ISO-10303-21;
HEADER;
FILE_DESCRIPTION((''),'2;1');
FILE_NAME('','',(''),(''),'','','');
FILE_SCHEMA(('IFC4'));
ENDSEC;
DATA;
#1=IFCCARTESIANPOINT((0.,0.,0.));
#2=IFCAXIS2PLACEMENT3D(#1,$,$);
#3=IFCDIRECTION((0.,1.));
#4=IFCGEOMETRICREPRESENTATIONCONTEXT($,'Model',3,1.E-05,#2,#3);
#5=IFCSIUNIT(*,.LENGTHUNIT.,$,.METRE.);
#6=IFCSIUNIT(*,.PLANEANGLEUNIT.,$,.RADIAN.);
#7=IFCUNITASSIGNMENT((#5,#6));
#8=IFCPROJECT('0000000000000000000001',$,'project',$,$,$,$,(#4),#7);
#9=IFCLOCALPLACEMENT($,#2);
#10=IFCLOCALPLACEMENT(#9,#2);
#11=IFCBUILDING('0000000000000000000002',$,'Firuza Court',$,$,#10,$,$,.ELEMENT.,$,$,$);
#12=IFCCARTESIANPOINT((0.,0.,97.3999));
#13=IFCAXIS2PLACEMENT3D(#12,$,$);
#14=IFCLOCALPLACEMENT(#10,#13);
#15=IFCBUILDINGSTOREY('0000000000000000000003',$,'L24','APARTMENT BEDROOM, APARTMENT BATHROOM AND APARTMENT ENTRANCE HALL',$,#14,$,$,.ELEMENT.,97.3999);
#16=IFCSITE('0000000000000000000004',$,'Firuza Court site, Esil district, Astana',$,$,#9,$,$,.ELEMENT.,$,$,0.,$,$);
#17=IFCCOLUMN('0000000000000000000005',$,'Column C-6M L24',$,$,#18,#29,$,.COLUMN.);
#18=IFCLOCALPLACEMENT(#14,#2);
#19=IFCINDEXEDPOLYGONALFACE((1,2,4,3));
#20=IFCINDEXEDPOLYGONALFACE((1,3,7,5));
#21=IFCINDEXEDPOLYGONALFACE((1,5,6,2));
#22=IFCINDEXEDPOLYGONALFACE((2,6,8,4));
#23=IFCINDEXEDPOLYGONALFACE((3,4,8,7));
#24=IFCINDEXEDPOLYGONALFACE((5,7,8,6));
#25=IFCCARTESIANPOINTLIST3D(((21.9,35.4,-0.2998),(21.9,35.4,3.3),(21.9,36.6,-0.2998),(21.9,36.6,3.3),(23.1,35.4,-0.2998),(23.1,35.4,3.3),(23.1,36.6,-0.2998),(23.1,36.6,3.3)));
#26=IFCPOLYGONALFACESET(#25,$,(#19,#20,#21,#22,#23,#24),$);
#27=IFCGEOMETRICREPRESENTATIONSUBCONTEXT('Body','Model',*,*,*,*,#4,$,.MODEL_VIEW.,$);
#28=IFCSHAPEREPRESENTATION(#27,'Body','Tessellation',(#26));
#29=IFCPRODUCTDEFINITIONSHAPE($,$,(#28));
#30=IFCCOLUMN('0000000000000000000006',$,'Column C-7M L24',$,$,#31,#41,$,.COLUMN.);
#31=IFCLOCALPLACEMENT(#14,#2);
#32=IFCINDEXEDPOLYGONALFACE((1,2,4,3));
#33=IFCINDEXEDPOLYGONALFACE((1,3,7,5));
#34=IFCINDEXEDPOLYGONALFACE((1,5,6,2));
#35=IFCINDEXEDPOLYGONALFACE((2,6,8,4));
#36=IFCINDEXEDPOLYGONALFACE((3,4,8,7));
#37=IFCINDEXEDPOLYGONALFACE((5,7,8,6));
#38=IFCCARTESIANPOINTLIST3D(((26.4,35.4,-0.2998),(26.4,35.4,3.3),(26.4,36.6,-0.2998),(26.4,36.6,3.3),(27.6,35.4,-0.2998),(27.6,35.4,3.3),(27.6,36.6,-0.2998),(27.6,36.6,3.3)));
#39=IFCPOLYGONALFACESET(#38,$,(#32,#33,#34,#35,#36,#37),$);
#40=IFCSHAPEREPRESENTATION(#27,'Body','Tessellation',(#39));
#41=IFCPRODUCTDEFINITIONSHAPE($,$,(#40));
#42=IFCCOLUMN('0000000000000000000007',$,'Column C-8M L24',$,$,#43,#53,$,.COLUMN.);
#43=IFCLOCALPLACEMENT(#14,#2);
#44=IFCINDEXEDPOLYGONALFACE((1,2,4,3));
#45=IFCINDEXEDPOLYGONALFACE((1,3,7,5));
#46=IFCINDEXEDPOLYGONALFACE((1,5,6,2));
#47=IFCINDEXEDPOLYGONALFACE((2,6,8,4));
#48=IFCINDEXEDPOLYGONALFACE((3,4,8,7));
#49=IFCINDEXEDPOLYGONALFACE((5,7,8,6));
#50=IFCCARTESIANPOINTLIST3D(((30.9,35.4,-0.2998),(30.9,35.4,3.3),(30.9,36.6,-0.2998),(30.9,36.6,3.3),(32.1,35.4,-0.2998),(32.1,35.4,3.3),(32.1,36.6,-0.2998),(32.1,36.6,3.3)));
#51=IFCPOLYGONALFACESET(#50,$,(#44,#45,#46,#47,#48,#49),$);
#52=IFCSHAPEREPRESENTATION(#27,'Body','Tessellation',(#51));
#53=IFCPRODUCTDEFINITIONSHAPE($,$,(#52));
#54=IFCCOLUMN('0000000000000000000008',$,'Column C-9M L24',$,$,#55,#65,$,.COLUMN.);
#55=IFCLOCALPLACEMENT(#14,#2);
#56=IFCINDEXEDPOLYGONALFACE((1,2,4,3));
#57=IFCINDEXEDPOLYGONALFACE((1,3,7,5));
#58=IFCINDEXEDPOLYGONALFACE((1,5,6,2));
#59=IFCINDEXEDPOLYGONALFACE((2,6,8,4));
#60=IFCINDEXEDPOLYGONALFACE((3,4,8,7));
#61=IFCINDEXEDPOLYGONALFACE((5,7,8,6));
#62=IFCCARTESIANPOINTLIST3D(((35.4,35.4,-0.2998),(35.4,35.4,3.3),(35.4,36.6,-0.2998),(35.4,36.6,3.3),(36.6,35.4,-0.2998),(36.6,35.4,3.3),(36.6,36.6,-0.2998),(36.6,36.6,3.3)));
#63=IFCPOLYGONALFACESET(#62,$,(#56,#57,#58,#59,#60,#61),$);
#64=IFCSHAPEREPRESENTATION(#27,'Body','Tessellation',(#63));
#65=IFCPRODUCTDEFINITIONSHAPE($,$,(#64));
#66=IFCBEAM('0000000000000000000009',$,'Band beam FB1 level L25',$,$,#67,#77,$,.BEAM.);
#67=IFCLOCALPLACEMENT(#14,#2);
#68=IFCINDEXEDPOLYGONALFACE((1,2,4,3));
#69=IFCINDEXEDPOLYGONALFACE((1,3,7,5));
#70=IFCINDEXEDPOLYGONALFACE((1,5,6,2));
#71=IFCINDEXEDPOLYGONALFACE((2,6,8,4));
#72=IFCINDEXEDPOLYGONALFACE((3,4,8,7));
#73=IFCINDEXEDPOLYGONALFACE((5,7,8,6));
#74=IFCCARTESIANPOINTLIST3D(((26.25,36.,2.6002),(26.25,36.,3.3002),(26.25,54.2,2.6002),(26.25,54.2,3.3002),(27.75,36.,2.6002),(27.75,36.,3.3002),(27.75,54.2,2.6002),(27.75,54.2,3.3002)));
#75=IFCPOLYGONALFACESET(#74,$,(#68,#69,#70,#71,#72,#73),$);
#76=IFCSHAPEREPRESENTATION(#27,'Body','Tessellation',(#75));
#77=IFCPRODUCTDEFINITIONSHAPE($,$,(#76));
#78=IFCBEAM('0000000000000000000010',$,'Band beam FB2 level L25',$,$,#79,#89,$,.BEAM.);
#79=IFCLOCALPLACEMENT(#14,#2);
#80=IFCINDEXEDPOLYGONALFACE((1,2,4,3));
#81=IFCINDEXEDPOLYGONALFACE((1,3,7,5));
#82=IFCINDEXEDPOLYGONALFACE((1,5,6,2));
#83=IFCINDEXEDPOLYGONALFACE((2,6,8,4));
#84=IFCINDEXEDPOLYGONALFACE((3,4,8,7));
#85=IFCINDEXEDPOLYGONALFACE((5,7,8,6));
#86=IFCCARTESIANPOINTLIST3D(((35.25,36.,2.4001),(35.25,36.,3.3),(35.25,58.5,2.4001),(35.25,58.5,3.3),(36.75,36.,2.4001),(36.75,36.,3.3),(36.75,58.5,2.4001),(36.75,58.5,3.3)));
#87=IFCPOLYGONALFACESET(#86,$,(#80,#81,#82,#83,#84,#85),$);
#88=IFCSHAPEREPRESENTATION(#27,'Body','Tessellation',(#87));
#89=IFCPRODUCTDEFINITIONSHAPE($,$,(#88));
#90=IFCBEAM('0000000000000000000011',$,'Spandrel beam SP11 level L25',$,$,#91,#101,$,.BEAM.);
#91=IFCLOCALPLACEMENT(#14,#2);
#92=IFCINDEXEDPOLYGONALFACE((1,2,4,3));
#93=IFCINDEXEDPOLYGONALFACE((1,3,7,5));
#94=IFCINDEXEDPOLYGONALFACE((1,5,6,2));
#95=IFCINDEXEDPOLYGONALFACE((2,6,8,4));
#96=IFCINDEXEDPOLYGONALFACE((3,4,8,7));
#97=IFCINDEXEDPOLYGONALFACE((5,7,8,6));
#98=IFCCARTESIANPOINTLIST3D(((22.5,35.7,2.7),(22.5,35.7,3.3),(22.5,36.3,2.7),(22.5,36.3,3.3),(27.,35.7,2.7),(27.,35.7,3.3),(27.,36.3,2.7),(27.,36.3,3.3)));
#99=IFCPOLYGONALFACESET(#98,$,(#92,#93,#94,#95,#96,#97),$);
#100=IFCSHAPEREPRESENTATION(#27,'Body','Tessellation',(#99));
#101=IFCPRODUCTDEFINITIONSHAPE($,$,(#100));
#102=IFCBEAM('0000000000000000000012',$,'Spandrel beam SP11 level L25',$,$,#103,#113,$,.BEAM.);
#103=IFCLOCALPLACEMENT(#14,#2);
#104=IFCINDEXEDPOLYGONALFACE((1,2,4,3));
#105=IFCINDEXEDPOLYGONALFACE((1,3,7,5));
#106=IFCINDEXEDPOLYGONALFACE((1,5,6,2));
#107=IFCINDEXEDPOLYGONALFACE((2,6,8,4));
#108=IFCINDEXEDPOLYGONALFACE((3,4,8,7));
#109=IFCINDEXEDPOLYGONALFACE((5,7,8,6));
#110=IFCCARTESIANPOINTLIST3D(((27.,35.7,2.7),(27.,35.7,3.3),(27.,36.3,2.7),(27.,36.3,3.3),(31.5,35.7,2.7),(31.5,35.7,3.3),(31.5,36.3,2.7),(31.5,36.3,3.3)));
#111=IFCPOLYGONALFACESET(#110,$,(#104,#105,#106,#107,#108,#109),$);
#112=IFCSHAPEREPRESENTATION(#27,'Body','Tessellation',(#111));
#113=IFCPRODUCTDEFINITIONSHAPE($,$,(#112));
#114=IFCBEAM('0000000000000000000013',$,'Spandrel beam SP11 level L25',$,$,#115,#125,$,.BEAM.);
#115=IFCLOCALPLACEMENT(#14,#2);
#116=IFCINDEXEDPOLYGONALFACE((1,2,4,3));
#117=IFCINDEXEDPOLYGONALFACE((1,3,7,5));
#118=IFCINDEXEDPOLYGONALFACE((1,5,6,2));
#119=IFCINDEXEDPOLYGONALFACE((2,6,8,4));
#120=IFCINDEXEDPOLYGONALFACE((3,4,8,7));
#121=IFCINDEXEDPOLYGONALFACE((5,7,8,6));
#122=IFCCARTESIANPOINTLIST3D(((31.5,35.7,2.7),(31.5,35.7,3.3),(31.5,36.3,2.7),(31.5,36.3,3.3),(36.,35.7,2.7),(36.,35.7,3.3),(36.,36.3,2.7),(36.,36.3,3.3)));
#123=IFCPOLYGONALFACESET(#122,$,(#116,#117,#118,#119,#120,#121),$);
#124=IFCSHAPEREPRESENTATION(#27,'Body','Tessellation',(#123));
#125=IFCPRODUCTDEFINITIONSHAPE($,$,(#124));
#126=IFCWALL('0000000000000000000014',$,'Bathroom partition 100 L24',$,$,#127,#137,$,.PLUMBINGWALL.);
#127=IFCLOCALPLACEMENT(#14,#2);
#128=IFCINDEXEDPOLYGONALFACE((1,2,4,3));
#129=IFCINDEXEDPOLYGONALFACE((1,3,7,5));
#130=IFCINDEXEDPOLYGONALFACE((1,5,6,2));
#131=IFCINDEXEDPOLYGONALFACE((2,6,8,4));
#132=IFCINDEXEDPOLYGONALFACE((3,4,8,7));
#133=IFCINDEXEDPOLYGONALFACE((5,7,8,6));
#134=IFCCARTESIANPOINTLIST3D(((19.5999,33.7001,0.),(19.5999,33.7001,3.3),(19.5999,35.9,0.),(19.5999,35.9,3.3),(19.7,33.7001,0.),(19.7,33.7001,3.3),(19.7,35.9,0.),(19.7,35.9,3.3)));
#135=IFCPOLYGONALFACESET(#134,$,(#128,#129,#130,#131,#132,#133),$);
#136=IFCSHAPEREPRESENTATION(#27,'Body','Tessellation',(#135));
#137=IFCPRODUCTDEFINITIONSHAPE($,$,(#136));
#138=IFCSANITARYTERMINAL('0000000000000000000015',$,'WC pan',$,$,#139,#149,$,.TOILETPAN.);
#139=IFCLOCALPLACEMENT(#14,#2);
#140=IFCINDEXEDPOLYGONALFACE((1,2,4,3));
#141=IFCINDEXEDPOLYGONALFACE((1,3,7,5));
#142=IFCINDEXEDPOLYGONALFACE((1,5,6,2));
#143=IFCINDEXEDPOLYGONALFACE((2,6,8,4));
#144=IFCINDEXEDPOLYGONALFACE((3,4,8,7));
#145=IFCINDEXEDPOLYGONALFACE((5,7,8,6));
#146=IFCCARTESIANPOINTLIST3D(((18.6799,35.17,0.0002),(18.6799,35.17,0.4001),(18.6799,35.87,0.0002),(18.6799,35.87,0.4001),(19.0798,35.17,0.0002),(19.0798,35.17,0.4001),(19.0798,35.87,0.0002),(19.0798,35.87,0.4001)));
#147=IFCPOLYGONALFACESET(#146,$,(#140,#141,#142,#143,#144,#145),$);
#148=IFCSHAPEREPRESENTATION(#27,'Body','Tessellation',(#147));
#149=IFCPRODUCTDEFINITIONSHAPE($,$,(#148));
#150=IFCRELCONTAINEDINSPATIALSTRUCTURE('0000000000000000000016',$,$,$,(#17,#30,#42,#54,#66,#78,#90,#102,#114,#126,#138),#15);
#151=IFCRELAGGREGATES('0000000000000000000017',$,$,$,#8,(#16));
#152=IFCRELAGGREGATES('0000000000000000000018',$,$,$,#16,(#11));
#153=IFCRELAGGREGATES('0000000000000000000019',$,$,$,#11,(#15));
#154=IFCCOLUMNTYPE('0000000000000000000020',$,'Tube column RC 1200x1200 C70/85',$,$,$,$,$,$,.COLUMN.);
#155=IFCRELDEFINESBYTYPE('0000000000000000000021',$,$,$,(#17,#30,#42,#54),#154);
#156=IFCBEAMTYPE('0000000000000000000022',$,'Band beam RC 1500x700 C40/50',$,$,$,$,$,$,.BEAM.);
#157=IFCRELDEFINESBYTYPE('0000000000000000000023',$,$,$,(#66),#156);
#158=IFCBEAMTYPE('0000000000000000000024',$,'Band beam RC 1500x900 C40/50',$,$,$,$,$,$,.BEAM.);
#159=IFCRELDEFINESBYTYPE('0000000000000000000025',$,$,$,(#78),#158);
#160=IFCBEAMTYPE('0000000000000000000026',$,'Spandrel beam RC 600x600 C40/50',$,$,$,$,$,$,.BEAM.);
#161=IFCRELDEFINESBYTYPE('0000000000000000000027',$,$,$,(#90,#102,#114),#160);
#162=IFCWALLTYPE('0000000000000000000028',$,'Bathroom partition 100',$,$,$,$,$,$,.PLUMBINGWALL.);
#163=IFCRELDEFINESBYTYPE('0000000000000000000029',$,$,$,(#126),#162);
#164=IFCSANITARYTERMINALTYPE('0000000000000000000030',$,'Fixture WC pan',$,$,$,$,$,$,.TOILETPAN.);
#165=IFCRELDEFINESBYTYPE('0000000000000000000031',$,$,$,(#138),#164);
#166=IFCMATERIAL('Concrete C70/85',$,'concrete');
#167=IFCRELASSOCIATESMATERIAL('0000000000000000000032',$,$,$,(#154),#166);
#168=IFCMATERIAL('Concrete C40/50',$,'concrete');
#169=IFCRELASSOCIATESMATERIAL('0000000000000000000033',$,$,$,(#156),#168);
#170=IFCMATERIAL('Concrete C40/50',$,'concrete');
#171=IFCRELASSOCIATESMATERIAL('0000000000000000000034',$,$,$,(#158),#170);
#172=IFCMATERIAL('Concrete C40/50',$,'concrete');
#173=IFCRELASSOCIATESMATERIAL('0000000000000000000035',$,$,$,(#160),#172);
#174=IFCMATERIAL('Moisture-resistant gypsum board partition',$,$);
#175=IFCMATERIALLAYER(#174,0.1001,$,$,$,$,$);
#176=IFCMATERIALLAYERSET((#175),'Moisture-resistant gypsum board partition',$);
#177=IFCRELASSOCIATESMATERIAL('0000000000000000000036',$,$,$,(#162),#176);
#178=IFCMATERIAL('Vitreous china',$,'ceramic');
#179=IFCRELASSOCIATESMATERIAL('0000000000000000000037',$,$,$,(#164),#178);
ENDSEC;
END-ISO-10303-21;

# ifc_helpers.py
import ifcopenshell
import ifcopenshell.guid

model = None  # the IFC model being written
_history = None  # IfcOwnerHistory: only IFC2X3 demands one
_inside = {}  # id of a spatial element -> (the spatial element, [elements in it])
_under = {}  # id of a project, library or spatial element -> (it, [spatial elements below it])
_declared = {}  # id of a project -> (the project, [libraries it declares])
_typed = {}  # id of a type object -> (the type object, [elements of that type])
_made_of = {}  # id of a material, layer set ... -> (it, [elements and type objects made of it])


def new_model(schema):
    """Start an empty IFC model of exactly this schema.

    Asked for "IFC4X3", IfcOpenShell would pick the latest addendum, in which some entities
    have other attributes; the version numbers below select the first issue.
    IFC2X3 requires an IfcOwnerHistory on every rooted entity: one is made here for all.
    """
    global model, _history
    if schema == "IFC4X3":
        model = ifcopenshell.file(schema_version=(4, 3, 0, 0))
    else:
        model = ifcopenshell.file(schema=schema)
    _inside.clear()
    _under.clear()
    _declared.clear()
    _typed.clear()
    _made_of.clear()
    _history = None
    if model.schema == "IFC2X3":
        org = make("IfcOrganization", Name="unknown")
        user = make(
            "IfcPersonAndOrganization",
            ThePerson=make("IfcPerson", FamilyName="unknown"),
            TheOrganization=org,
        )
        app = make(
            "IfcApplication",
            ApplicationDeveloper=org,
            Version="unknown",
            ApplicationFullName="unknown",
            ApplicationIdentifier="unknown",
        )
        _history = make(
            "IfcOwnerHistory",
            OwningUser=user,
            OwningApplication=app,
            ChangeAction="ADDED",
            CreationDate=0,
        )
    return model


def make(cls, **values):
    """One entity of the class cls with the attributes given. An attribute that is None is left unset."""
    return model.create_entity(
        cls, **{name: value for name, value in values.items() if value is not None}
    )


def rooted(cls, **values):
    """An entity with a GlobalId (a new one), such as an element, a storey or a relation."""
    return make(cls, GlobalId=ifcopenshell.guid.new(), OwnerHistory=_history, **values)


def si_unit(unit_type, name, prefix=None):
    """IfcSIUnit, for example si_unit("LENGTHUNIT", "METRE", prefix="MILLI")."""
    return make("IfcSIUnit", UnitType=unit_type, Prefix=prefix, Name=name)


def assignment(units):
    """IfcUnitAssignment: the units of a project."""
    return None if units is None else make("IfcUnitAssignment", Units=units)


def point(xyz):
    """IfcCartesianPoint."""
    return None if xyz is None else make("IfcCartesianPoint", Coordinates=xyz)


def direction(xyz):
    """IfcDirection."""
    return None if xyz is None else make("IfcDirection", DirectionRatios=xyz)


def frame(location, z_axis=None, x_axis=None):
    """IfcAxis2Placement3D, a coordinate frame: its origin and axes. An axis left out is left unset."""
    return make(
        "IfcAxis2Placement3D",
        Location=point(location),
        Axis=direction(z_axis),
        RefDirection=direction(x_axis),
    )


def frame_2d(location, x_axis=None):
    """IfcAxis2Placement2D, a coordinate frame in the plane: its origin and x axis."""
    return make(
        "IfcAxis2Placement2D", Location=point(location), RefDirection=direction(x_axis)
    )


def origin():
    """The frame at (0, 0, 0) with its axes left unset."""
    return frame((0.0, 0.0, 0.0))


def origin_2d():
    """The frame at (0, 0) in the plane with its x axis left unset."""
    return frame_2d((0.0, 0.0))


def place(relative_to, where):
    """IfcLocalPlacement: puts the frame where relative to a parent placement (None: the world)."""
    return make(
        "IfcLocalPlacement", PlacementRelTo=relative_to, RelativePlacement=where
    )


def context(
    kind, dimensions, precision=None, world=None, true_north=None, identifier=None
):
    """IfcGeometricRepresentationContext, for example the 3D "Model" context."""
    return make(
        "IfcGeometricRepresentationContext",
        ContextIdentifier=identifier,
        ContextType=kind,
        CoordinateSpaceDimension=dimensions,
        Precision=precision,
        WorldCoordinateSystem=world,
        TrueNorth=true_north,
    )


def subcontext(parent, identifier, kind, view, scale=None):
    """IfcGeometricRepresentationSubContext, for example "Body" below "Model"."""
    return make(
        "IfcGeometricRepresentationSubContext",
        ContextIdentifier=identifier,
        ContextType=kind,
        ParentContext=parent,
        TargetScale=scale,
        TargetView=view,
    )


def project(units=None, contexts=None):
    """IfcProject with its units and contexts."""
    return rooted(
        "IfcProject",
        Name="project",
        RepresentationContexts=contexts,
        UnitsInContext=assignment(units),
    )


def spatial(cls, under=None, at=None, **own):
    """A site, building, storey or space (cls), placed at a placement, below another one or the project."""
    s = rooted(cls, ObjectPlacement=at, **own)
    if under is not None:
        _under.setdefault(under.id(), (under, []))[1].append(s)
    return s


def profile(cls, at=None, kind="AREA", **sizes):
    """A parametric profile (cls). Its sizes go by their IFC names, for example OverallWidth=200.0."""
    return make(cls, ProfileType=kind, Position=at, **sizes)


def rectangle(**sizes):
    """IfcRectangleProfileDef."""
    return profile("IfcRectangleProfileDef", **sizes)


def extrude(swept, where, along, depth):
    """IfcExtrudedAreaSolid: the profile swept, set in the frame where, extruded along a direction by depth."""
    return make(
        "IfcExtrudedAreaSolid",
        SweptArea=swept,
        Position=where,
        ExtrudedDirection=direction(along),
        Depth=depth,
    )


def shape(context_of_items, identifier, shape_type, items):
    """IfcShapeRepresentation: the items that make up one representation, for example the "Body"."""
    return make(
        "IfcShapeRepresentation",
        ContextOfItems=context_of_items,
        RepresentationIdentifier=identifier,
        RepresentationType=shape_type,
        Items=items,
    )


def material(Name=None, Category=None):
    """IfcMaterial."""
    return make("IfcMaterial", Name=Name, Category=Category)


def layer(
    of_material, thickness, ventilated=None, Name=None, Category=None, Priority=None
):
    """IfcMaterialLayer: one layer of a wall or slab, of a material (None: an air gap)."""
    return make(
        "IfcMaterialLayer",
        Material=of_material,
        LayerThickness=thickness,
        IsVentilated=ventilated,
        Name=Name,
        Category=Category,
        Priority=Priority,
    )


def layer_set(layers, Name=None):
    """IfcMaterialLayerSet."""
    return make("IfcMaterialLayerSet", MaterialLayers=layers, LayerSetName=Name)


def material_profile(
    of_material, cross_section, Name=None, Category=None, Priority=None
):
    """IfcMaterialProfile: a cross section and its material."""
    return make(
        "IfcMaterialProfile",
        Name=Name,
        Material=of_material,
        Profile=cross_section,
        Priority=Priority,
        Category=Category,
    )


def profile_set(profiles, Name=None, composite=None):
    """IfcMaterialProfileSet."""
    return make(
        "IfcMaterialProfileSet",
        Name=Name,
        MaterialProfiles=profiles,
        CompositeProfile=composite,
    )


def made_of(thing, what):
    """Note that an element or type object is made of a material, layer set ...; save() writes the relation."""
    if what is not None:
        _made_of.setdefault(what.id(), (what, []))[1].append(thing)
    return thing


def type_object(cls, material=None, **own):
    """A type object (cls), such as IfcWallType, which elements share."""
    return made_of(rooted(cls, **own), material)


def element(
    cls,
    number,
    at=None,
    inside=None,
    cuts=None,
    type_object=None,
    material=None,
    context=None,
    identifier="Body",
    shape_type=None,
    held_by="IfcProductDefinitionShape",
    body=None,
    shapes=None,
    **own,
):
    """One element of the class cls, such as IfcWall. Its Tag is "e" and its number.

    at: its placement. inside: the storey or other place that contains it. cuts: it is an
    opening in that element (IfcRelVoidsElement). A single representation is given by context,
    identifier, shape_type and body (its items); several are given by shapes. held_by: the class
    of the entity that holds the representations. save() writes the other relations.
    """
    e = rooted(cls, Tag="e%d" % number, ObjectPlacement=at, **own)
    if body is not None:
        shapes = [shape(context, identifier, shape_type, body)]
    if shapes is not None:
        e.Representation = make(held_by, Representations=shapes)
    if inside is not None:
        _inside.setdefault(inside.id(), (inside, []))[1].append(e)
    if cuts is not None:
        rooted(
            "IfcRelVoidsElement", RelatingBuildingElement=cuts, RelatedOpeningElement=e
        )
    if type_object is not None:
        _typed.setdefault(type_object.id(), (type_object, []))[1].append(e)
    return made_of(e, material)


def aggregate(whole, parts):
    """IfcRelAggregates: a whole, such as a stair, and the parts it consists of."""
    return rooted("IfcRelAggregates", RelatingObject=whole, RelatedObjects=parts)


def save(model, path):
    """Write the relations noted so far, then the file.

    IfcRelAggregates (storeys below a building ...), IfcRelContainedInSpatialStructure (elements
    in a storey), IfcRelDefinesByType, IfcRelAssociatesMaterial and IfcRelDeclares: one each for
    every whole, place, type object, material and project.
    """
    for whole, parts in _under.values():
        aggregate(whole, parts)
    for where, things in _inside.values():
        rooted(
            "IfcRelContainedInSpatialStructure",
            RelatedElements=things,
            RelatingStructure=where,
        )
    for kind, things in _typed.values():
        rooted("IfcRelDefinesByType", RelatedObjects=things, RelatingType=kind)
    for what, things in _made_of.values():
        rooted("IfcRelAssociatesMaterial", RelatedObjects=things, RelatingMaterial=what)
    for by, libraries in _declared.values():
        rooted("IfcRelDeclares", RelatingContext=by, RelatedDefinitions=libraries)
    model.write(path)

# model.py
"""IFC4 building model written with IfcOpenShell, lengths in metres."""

from ifc_helpers import new_model, si_unit, direction, frame, frame_2d, origin, origin_2d, place, context, subcontext, project, spatial, rectangle, extrude, material, layer, layer_set, material_profile, profile_set, type_object, element, save


model = new_model("IFC4")

# Units and contexts
model_context = context("Model", 3, precision=1e-05, world=origin(), true_north=direction((0.0, 1.0)))
body_context = subcontext(model_context, "Body", "Model", "MODEL_VIEW")
ifc_project = project(units=[si_unit("LENGTHUNIT", "METRE"), si_unit("PLANEANGLEUNIT", "RADIAN")], contexts=[model_context])

# Site, building, storey
site_placement = place(None, origin())
site = spatial("IfcSite", under=ifc_project, at=site_placement, Name="Firuza Court site, Esil district, Astana", CompositionType="ELEMENT", RefElevation=0.0)
building_placement = place(site_placement, origin())
building = spatial("IfcBuilding", under=site, at=building_placement, Name="Firuza Court", CompositionType="ELEMENT")
storey_placement = place(building_placement, frame((0.0, 0.0, 97.3999)))
storey = spatial("IfcBuildingStorey", under=building, at=storey_placement, Name="L24", Description="APARTMENT BEDROOM, APARTMENT BATHROOM AND APARTMENT ENTRANCE HALL", CompositionType="ELEMENT", Elevation=97.3999)

# Columns
ifc_material_1 = material(Name="Concrete C70/85", Category="concrete")
ifc_material_profile_1 = material_profile(ifc_material_1, rectangle(XDim=1.2, YDim=1.2, at=origin_2d()), Name="RC 1200x1200")
ifc_profile_set_1 = profile_set([ifc_material_profile_1], Name="Concrete C70/85")
column_type = type_object("IfcColumnType", Name="Tube column RC 1200x1200 C70/85", PredefinedType="COLUMN", material=ifc_profile_set_1)
for number, where, z_axis, x_axis, name in (
    (1, (22.5, 36.0, -0.2998), (0.0, 0.0, 1.0), (1.0, 0.0, 0.0), "Column C-6M L24"),
    (2, (27.0, 36.0, -0.2998), (0.0, 0.0, 1.0), (1.0, 0.0, 0.0), "Column C-7M L24"),
    (3, (31.5, 36.0, -0.2998), (0.0, 0.0, 1.0), (1.0, 0.0, 0.0), "Column C-8M L24"),
    (4, (36.0, 36.0, -0.2998), (0.0, 0.0, 1.0), (1.0, 0.0, 0.0), "Column C-9M L24"),
):
    element("IfcColumn", number, at=place(storey_placement, frame(where, z_axis=z_axis, x_axis=x_axis)), inside=storey, type_object=column_type, Name=name, PredefinedType="COLUMN", context=body_context, shape_type="SweptSolid", body=[
        extrude(rectangle(XDim=1.2, YDim=1.2, at=origin_2d()), origin(), (0.0, 0.0, 1.0), 3.5999),
    ])

# Beams
ifc_material_2 = material(Name="Concrete C40/50", Category="concrete")
ifc_material_profile_2 = material_profile(ifc_material_2, rectangle(XDim=1.5, YDim=0.7, at=origin_2d()), Name="RC 1500x700")
ifc_profile_set_2 = profile_set([ifc_material_profile_2], Name="Concrete C40/50")
beam_type_1 = type_object("IfcBeamType", Name="Band beam RC 1500x700 C40/50", PredefinedType="BEAM", material=ifc_profile_set_2)
beam_1_placement = place(storey_placement, frame((27.0, 36.0, 2.9502), z_axis=(0.0, 1.0, 0.0), x_axis=(-1.0, 0.0, 0.0)))
element("IfcBeam", 5, at=beam_1_placement, inside=storey, type_object=beam_type_1, Name="Band beam FB1 level L25", PredefinedType="BEAM", context=body_context, shape_type="SweptSolid", body=[
    extrude(rectangle(XDim=1.5, YDim=0.7, at=origin_2d()), origin(), (0.0, 0.0, 1.0), 18.2),
])
ifc_material_3 = material(Name="Concrete C40/50", Category="concrete")
ifc_material_profile_3 = material_profile(ifc_material_3, rectangle(XDim=1.5, YDim=0.8999, at=origin_2d()), Name="RC 1500x900")
ifc_profile_set_3 = profile_set([ifc_material_profile_3], Name="Concrete C40/50")
beam_type_2 = type_object("IfcBeamType", Name="Band beam RC 1500x900 C40/50", PredefinedType="BEAM", material=ifc_profile_set_3)
beam_2_placement = place(storey_placement, frame((36.0, 36.0, 2.8501), z_axis=(0.0, 1.0, 0.0), x_axis=(-1.0, 0.0, 0.0)))
element("IfcBeam", 6, at=beam_2_placement, inside=storey, type_object=beam_type_2, Name="Band beam FB2 level L25", PredefinedType="BEAM", context=body_context, shape_type="SweptSolid", body=[
    extrude(rectangle(XDim=1.5, YDim=0.8999, at=origin_2d()), origin(), (0.0, 0.0, 1.0), 22.5),
])
ifc_material_4 = material(Name="Concrete C40/50", Category="concrete")
ifc_material_profile_4 = material_profile(ifc_material_4, rectangle(XDim=0.6001, YDim=0.6001, at=origin_2d()), Name="RC 600x600")
ifc_profile_set_4 = profile_set([ifc_material_profile_4], Name="Concrete C40/50")
beam_type_3 = type_object("IfcBeamType", Name="Spandrel beam RC 600x600 C40/50", PredefinedType="BEAM", material=ifc_profile_set_4)
for number, where, z_axis, x_axis, name in (
    (7, (22.5, 36.0, 3.0), (1.0, 0.0, 0.0), (0.0, 1.0, 0.0), "Spandrel beam SP11 level L25"),
    (8, (27.0, 36.0, 3.0), (1.0, 0.0, 0.0), (0.0, 1.0, 0.0), "Spandrel beam SP11 level L25"),
    (9, (31.5, 36.0, 3.0), (1.0, 0.0, 0.0), (0.0, 1.0, 0.0), "Spandrel beam SP11 level L25"),
):
    element("IfcBeam", number, at=place(storey_placement, frame(where, z_axis=z_axis, x_axis=x_axis)), inside=storey, type_object=beam_type_3, Name=name, PredefinedType="BEAM", context=body_context, shape_type="SweptSolid", body=[
        extrude(rectangle(XDim=0.6001, YDim=0.6001, at=origin_2d()), origin(), (0.0, 0.0, 1.0), 4.5),
    ])

# Wall
ifc_material_5 = material(Name="Moisture-resistant gypsum board partition")
ifc_layer_1 = layer(ifc_material_5, 0.1001)
ifc_layer_set_1 = layer_set([ifc_layer_1], Name="Moisture-resistant gypsum board partition")
wall_type_1 = type_object("IfcWallType", Name="Bathroom partition 100", PredefinedType="PLUMBINGWALL", material=ifc_layer_set_1)
wall_1_placement = place(storey_placement, frame((19.6499, 33.7, 0.0), z_axis=(0.0, 0.0, 1.0), x_axis=(0.0, 1.0, 0.0)))
element("IfcWall", 10, at=wall_1_placement, inside=storey, type_object=wall_type_1, Name="Bathroom partition 100 L24", PredefinedType="PLUMBINGWALL", context=body_context, shape_type="SweptSolid", body=[
    extrude(rectangle(XDim=2.2, YDim=0.1001, at=frame_2d((1.1001, 0.0))), origin(), (0.0, 0.0, 1.0), 3.3),
])

# Sanitary terminal
ifc_material_6 = material(Name="Vitreous china", Category="ceramic")
sanitary_terminal_type = type_object("IfcSanitaryTerminalType", Name="Fixture WC pan", PredefinedType="TOILETPAN", material=ifc_material_6)
sanitary_terminal_placement = place(storey_placement, frame((18.8799, 35.52, 0.0002), z_axis=(0.0, 0.0, 1.0), x_axis=(1.0, 0.0, 0.0)))
element("IfcSanitaryTerminal", 11, at=sanitary_terminal_placement, inside=storey, type_object=sanitary_terminal_type, Name="WC pan", PredefinedType="TOILETPAN", context=body_context, shape_type="SweptSolid", body=[
    extrude(rectangle(XDim=0.3999, YDim=0.7, at=origin_2d()), origin(), (0.0, 0.0, 1.0), 0.3999),
])

save(model, "model.ifc")
